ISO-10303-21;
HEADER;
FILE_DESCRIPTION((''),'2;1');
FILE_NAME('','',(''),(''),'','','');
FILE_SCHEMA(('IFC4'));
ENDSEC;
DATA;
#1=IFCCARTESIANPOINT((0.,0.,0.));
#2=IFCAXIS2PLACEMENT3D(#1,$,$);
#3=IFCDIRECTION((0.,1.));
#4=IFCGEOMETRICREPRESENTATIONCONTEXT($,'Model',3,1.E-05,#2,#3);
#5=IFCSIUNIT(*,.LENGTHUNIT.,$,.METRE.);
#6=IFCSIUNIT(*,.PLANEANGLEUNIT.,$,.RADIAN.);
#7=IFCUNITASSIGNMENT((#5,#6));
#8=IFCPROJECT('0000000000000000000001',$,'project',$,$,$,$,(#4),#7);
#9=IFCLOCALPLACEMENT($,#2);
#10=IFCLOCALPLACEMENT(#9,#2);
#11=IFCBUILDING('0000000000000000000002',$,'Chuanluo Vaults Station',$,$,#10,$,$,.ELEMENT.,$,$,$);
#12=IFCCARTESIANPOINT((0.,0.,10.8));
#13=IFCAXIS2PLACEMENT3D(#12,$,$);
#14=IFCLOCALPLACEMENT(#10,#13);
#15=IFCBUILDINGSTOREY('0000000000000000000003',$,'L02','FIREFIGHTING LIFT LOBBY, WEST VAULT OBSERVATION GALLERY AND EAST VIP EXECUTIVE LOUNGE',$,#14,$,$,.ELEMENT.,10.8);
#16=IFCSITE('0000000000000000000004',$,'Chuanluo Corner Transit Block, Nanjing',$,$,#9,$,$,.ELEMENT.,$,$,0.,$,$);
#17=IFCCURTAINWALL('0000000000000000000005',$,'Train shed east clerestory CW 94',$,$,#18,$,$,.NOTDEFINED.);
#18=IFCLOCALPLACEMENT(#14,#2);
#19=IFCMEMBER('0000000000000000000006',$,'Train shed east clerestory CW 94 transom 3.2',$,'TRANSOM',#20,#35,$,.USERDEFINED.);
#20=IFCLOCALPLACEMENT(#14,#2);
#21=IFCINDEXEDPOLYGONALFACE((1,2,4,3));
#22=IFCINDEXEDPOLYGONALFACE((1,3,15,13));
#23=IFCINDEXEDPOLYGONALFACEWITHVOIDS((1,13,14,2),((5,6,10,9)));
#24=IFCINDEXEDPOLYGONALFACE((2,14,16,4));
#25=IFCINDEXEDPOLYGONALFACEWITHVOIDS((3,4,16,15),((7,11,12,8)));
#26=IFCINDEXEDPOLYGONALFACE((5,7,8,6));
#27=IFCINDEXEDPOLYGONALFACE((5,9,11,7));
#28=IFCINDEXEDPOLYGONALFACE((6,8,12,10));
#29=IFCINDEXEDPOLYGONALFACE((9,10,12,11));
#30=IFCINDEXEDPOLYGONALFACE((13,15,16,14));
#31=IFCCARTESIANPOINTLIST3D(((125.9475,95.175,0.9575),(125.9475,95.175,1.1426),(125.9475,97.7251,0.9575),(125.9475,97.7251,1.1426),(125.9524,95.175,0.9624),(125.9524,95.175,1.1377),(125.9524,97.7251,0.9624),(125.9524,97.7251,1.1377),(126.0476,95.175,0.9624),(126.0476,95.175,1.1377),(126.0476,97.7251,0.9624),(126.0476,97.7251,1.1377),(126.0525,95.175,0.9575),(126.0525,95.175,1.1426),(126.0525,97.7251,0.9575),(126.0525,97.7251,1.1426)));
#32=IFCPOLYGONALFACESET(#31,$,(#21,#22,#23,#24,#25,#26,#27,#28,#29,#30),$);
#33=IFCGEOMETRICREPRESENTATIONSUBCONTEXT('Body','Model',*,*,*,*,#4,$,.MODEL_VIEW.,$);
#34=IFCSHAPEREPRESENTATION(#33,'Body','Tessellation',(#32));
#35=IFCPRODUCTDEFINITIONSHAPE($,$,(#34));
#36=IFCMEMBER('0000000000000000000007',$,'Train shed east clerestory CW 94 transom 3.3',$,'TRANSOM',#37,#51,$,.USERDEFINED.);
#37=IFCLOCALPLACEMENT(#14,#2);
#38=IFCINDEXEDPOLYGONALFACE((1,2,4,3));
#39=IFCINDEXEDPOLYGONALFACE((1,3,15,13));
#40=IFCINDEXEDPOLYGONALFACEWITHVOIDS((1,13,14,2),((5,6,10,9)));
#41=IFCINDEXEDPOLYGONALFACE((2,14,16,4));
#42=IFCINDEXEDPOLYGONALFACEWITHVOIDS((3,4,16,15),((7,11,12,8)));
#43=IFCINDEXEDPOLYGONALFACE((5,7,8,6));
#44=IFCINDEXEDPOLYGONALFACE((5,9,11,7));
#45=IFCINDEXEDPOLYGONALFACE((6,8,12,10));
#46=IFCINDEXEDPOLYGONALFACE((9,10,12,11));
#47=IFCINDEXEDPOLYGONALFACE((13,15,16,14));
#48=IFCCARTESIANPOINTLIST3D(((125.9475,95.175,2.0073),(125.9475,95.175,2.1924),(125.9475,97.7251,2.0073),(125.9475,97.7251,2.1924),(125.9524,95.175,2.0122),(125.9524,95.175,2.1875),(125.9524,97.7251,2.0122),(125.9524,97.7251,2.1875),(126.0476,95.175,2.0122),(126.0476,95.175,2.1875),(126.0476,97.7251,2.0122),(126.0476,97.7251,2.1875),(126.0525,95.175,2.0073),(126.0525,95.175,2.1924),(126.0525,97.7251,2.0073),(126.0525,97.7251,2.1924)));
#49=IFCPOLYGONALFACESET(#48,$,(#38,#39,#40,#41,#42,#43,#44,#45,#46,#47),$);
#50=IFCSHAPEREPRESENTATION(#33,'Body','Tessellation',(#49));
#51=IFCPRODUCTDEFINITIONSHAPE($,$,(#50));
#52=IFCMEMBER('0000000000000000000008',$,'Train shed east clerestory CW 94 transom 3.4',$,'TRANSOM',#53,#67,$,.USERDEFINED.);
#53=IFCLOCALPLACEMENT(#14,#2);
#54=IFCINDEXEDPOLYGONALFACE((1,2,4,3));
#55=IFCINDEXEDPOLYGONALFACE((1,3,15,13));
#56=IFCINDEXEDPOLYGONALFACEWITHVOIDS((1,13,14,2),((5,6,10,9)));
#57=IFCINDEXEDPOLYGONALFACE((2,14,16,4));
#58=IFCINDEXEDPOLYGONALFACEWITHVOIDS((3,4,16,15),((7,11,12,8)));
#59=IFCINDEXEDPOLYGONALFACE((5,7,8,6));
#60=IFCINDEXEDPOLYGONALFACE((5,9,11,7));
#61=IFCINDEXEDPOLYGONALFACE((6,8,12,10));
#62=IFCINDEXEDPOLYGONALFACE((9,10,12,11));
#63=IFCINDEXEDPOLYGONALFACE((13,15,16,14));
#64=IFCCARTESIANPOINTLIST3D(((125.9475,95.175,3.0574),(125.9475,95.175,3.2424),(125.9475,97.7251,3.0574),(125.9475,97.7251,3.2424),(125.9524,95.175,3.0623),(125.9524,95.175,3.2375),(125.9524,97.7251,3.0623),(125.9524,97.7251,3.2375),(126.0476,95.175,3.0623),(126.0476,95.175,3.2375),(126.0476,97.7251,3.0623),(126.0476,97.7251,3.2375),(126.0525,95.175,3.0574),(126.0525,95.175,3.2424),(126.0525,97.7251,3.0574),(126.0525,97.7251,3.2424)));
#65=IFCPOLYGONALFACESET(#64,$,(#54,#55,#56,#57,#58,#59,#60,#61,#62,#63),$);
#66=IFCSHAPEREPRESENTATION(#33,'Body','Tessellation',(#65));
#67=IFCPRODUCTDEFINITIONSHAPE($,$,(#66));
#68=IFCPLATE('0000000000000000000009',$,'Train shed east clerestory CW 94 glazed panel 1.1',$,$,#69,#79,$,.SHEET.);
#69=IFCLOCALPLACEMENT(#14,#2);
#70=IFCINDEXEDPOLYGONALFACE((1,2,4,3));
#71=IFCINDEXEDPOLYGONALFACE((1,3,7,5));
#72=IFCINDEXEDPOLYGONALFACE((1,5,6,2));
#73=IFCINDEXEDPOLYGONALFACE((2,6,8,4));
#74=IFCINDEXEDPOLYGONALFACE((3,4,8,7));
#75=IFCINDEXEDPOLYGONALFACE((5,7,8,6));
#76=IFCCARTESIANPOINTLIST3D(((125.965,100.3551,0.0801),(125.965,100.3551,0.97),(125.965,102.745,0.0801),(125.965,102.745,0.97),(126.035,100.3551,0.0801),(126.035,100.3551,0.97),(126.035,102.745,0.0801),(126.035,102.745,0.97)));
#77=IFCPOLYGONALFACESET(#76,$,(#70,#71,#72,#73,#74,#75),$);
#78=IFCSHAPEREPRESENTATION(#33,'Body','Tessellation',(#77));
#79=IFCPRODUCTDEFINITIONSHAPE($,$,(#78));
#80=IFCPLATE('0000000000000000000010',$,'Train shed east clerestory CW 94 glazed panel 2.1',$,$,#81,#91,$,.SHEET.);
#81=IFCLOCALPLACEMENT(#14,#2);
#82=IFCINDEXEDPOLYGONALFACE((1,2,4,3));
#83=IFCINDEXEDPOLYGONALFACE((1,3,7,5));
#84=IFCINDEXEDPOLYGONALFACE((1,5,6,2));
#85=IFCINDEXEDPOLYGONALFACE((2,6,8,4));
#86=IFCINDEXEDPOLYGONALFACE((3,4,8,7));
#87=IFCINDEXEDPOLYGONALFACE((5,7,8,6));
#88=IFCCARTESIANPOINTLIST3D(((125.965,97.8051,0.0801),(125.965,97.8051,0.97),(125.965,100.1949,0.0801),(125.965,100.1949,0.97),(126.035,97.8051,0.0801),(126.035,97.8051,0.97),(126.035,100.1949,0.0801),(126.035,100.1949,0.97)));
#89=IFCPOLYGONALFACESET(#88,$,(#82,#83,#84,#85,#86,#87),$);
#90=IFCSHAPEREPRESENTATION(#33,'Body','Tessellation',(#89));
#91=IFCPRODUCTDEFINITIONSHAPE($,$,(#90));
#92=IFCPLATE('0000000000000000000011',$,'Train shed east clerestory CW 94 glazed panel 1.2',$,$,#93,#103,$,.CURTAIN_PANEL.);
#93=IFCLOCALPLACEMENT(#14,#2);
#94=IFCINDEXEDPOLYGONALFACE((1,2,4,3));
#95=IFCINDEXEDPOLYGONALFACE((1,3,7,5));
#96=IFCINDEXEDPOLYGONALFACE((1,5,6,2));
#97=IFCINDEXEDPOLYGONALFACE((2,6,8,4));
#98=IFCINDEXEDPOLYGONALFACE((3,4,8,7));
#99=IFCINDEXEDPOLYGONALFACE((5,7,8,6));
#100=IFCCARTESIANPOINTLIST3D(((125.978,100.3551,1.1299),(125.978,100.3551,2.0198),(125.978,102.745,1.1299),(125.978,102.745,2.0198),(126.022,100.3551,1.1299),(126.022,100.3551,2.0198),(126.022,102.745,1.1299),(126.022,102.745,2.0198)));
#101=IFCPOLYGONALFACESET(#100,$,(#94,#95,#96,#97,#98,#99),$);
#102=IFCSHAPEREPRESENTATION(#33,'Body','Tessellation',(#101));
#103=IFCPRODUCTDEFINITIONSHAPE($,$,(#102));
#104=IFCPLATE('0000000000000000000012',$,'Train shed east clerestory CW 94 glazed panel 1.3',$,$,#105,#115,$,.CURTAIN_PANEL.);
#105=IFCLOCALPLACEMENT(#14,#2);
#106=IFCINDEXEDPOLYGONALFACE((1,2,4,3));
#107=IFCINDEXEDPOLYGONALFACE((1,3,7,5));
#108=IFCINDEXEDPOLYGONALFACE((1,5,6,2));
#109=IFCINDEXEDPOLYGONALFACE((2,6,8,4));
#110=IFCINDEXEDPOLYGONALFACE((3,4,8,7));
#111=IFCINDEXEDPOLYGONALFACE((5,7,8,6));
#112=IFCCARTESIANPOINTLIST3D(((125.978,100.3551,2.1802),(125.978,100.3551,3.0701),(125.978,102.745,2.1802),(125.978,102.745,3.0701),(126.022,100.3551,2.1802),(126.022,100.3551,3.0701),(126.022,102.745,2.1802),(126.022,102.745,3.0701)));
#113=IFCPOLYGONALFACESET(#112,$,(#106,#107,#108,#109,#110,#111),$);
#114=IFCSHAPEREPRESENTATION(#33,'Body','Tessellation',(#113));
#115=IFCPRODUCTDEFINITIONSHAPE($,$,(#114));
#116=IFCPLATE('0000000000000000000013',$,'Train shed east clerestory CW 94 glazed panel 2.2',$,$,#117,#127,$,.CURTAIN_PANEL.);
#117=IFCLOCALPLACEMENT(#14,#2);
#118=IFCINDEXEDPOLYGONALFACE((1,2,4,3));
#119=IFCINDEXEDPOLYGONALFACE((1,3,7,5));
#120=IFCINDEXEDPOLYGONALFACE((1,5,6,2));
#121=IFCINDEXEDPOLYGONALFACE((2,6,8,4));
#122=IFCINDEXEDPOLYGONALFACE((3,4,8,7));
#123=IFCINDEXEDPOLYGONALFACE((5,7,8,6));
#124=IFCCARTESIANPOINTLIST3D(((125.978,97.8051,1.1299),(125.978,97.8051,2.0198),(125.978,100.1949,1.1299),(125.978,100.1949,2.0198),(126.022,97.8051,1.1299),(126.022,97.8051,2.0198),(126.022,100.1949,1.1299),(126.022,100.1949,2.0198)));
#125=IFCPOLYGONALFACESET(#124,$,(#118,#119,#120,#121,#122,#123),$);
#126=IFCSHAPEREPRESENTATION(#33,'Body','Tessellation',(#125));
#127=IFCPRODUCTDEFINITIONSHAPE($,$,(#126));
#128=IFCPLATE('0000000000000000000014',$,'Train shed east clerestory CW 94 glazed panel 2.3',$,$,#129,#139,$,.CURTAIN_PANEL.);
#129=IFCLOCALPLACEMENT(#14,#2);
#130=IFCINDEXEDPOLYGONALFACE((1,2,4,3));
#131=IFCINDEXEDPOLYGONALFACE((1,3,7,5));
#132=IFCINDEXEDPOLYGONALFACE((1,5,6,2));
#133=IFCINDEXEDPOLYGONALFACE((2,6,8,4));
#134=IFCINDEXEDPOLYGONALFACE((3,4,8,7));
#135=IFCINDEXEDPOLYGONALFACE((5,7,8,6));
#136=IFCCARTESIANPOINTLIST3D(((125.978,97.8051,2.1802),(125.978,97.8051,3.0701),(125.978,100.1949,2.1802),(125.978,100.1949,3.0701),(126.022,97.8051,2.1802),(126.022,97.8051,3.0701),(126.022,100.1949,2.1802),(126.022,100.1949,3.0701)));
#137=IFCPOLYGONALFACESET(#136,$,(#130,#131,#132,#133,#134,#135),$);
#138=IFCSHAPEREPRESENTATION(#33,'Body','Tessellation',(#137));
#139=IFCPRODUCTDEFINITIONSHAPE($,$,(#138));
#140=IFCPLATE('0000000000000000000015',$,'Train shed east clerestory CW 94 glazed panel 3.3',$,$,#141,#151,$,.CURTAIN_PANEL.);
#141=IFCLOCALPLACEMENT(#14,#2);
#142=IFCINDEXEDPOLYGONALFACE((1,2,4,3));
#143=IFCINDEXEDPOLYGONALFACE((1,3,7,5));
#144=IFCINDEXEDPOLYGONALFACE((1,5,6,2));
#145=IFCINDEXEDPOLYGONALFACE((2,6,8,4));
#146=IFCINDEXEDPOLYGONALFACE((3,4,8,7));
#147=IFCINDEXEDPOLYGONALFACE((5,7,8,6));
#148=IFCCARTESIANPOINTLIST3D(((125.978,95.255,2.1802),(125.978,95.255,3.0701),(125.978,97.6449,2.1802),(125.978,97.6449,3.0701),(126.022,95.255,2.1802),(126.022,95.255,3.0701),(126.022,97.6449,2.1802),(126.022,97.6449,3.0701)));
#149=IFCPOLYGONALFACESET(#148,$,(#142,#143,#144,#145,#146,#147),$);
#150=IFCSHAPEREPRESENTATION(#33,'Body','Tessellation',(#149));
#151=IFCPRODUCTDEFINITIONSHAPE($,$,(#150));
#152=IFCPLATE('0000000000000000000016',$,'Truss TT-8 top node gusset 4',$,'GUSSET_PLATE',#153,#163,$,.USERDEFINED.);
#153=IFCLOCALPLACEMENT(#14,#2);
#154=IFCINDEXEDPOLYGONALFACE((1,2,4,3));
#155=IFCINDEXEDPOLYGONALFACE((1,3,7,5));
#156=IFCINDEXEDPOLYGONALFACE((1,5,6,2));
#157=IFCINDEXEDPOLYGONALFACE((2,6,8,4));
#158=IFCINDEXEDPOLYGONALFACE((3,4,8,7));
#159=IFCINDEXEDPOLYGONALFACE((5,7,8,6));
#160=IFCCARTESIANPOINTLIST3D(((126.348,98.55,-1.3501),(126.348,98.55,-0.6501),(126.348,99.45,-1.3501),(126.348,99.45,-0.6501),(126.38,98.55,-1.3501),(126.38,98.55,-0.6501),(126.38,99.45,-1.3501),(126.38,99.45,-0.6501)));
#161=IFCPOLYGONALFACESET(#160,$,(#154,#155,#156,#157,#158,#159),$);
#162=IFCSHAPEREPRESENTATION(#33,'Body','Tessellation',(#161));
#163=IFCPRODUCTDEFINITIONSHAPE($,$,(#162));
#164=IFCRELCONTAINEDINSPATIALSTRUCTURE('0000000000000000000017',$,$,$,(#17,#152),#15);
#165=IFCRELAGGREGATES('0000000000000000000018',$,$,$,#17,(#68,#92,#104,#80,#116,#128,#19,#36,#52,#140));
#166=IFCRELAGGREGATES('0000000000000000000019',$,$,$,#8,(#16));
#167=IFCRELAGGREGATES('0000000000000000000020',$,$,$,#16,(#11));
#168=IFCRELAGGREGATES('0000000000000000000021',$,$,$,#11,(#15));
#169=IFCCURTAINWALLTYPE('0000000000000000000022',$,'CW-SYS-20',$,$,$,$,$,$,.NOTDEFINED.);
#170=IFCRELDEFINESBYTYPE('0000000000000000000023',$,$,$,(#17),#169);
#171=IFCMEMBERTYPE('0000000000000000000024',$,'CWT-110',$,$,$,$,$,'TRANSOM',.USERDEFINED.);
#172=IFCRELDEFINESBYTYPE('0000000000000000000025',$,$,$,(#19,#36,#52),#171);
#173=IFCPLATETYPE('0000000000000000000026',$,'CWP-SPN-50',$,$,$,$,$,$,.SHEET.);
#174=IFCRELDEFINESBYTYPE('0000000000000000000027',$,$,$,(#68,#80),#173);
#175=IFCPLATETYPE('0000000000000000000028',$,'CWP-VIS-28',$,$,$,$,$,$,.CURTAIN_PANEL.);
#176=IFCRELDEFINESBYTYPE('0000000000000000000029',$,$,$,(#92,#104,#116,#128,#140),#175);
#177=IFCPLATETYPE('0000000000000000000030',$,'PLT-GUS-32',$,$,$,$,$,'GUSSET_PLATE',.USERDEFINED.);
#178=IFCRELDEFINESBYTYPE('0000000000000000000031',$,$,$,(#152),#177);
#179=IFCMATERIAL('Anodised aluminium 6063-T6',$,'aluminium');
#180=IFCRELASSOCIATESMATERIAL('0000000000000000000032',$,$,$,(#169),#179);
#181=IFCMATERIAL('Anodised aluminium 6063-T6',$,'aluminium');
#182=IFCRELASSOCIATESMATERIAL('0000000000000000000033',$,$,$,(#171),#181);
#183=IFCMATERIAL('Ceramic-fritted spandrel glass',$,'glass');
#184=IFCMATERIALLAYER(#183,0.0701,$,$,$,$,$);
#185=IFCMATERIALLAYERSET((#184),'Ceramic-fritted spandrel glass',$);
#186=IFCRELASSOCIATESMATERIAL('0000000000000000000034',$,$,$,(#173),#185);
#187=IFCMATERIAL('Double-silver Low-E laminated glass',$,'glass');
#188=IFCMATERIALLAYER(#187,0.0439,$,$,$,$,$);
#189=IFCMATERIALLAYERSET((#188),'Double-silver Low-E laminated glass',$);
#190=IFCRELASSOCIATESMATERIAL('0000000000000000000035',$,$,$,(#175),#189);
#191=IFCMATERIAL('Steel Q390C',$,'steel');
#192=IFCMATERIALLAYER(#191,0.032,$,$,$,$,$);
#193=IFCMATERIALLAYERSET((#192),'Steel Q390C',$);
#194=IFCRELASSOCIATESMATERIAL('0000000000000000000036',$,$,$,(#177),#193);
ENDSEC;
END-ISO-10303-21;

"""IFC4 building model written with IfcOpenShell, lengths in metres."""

from ifc_helpers import new_model, si_unit, direction, frame, origin, origin_2d, place, context, subcontext, project, spatial, rectangle, hollow_rectangle, extrude, material, layer, layer_set, material_profile, profile_set, type_object, element, aggregate, save


model = new_model("IFC4")

# Units and contexts
model_context = context("Model", 3, precision=1e-05, world=origin(), true_north=direction((0.0, 1.0)))
body_context = subcontext(model_context, "Body", "Model", "MODEL_VIEW")
ifc_project = project(units=[si_unit("LENGTHUNIT", "METRE"), si_unit("PLANEANGLEUNIT", "RADIAN")], contexts=[model_context])

# Site, building, storey
site_placement = place(None, origin())
site = spatial("IfcSite", under=ifc_project, at=site_placement, Name="Chuanluo Corner Transit Block, Nanjing", CompositionType="ELEMENT", RefElevation=0.0)
building_placement = place(site_placement, origin())
building = spatial("IfcBuilding", under=site, at=building_placement, Name="Chuanluo Vaults Station", CompositionType="ELEMENT")
storey_placement = place(building_placement, frame((0.0, 0.0, 10.8)))
storey = spatial("IfcBuildingStorey", under=building, at=storey_placement, Name="L02", Description="FIREFIGHTING LIFT LOBBY, WEST VAULT OBSERVATION GALLERY AND EAST VIP EXECUTIVE LOUNGE", CompositionType="ELEMENT", Elevation=10.8)

# Curtain wall, members, plates
ifc_material_1 = material(Name="Anodised aluminium 6063-T6", Category="aluminium")
curtain_wall_type = type_object("IfcCurtainWallType", Name="CW-SYS-20", PredefinedType="NOTDEFINED", material=ifc_material_1)
curtain_wall_placement = place(storey_placement, origin())
curtain_wall = element("IfcCurtainWall", 1, at=curtain_wall_placement, inside=storey, type_object=curtain_wall_type, Name="Train shed east clerestory CW 94", PredefinedType="NOTDEFINED")
ifc_material_2 = material(Name="Anodised aluminium 6063-T6", Category="aluminium")
ifc_material_profile_1 = material_profile(ifc_material_2, hollow_rectangle(XDim=0.105, YDim=0.1851, WallThickness=0.0049, at=origin_2d()))
ifc_profile_set_1 = profile_set([ifc_material_profile_1], Name="Anodised aluminium 6063-T6")
member_type_1 = type_object("IfcMemberType", Name="CWT-110", ElementType="TRANSOM", PredefinedType="USERDEFINED", material=ifc_profile_set_1)
member_1_placement = place(storey_placement, frame((126.0, 97.7251, 1.05), z_axis=(0.0, -1.0, 0.0), x_axis=(1.0, 0.0, 0.0)))
member_1 = element("IfcMember", 2, at=member_1_placement, type_object=member_type_1, Name="Train shed east clerestory CW 94 transom 3.2", ObjectType="TRANSOM", PredefinedType="USERDEFINED", context=body_context, shape_type="SweptSolid", body=[
    extrude(hollow_rectangle(XDim=0.105, YDim=0.1851, WallThickness=0.0049, at=origin_2d()), origin(), (0.0, 0.0, 1.0), 2.55),
])
member_2_placement = place(storey_placement, frame((126.0, 97.7251, 2.0999), z_axis=(0.0, -1.0, 0.0), x_axis=(1.0, 0.0, 0.0)))
member_2 = element("IfcMember", 3, at=member_2_placement, type_object=member_type_1, Name="Train shed east clerestory CW 94 transom 3.3", ObjectType="TRANSOM", PredefinedType="USERDEFINED", context=body_context, shape_type="SweptSolid", body=[
    extrude(hollow_rectangle(XDim=0.105, YDim=0.1851, WallThickness=0.0049, at=origin_2d()), origin(), (0.0, 0.0, 1.0), 2.55),
])
member_3_placement = place(storey_placement, frame((126.0, 97.7251, 3.1499), z_axis=(0.0, -1.0, 0.0), x_axis=(1.0, 0.0, 0.0)))
member_3 = element("IfcMember", 4, at=member_3_placement, type_object=member_type_1, Name="Train shed east clerestory CW 94 transom 3.4", ObjectType="TRANSOM", PredefinedType="USERDEFINED", context=body_context, shape_type="SweptSolid", body=[
    extrude(hollow_rectangle(XDim=0.105, YDim=0.1851, WallThickness=0.0049, at=origin_2d()), origin(), (0.0, 0.0, 1.0), 2.55),
])
ifc_material_3 = material(Name="Ceramic-fritted spandrel glass", Category="glass")
ifc_layer_1 = layer(ifc_material_3, 0.0701)
ifc_layer_set_1 = layer_set([ifc_layer_1], Name="Ceramic-fritted spandrel glass")
plate_type_1 = type_object("IfcPlateType", Name="CWP-SPN-50", PredefinedType="SHEET", material=ifc_layer_set_1)
plate_1_placement = place(storey_placement, frame((126.0, 101.55, 0.0801), z_axis=(0.0, 0.0, 1.0), x_axis=(0.0, -1.0, 0.0)))
plate_1 = element("IfcPlate", 5, at=plate_1_placement, type_object=plate_type_1, Name="Train shed east clerestory CW 94 glazed panel 1.1", PredefinedType="SHEET", context=body_context, shape_type="SweptSolid", body=[
    extrude(rectangle(XDim=2.3899, YDim=0.0701, at=origin_2d()), origin(), (0.0, 0.0, 1.0), 0.8899),
])
plate_2_placement = place(storey_placement, frame((126.0, 99.0, 0.0801), z_axis=(0.0, 0.0, 1.0), x_axis=(0.0, -1.0, 0.0)))
plate_2 = element("IfcPlate", 6, at=plate_2_placement, type_object=plate_type_1, Name="Train shed east clerestory CW 94 glazed panel 2.1", PredefinedType="SHEET", context=body_context, shape_type="SweptSolid", body=[
    extrude(rectangle(XDim=2.3899, YDim=0.0701, at=origin_2d()), origin(), (0.0, 0.0, 1.0), 0.8899),
])
ifc_material_4 = material(Name="Double-silver Low-E laminated glass", Category="glass")
ifc_layer_2 = layer(ifc_material_4, 0.0439)
ifc_layer_set_2 = layer_set([ifc_layer_2], Name="Double-silver Low-E laminated glass")
plate_type_2 = type_object("IfcPlateType", Name="CWP-VIS-28", PredefinedType="CURTAIN_PANEL", material=ifc_layer_set_2)
plate_3_placement = place(storey_placement, frame((126.0, 101.55, 1.1299), z_axis=(0.0, 0.0, 1.0), x_axis=(0.0, -1.0, 0.0)))
plate_3 = element("IfcPlate", 7, at=plate_3_placement, type_object=plate_type_2, Name="Train shed east clerestory CW 94 glazed panel 1.2", PredefinedType="CURTAIN_PANEL", context=body_context, shape_type="SweptSolid", body=[
    extrude(rectangle(XDim=2.3899, YDim=0.0439, at=origin_2d()), origin(), (0.0, 0.0, 1.0), 0.8899),
])
plate_4_placement = place(storey_placement, frame((126.0, 101.55, 2.1802), z_axis=(0.0, 0.0, 1.0), x_axis=(0.0, -1.0, 0.0)))
plate_4 = element("IfcPlate", 8, at=plate_4_placement, type_object=plate_type_2, Name="Train shed east clerestory CW 94 glazed panel 1.3", PredefinedType="CURTAIN_PANEL", context=body_context, shape_type="SweptSolid", body=[
    extrude(rectangle(XDim=2.3899, YDim=0.0439, at=origin_2d()), origin(), (0.0, 0.0, 1.0), 0.8899),
])
plate_5_placement = place(storey_placement, frame((126.0, 99.0, 1.1299), z_axis=(0.0, 0.0, 1.0), x_axis=(0.0, -1.0, 0.0)))
plate_5 = element("IfcPlate", 9, at=plate_5_placement, type_object=plate_type_2, Name="Train shed east clerestory CW 94 glazed panel 2.2", PredefinedType="CURTAIN_PANEL", context=body_context, shape_type="SweptSolid", body=[
    extrude(rectangle(XDim=2.3899, YDim=0.0439, at=origin_2d()), origin(), (0.0, 0.0, 1.0), 0.8899),
])
plate_6_placement = place(storey_placement, frame((126.0, 99.0, 2.1802), z_axis=(0.0, 0.0, 1.0), x_axis=(0.0, -1.0, 0.0)))
plate_6 = element("IfcPlate", 10, at=plate_6_placement, type_object=plate_type_2, Name="Train shed east clerestory CW 94 glazed panel 2.3", PredefinedType="CURTAIN_PANEL", context=body_context, shape_type="SweptSolid", body=[
    extrude(rectangle(XDim=2.3899, YDim=0.0439, at=origin_2d()), origin(), (0.0, 0.0, 1.0), 0.8899),
])
plate_7_placement = place(storey_placement, frame((126.0, 96.45, 2.1802), z_axis=(0.0, 0.0, 1.0), x_axis=(0.0, -1.0, 0.0)))
plate_7 = element("IfcPlate", 11, at=plate_7_placement, type_object=plate_type_2, Name="Train shed east clerestory CW 94 glazed panel 3.3", PredefinedType="CURTAIN_PANEL", context=body_context, shape_type="SweptSolid", body=[
    extrude(rectangle(XDim=2.3899, YDim=0.0439, at=origin_2d()), origin(), (0.0, 0.0, 1.0), 0.8899),
])
aggregate(curtain_wall, [plate_1, plate_3, plate_4, plate_2, plate_5, plate_6, member_1, member_2, member_3, plate_7])

# Plate
ifc_material_5 = material(Name="Steel Q390C", Category="steel")
ifc_layer_3 = layer(ifc_material_5, 0.032)
ifc_layer_set_3 = layer_set([ifc_layer_3], Name="Steel Q390C")
plate_type_3 = type_object("IfcPlateType", Name="PLT-GUS-32", ElementType="GUSSET_PLATE", PredefinedType="USERDEFINED", material=ifc_layer_set_3)
plate_8_placement = place(storey_placement, frame((126.364, 99.0, -1.3501), z_axis=(0.0, 0.0, 1.0), x_axis=(1.0, 0.0, 0.0)))
element("IfcPlate", 12, at=plate_8_placement, inside=storey, type_object=plate_type_3, Name="Truss TT-8 top node gusset 4", ObjectType="GUSSET_PLATE", PredefinedType="USERDEFINED", context=body_context, shape_type="SweptSolid", body=[
    extrude(rectangle(XDim=0.032, YDim=0.8999, at=origin_2d()), origin(), (0.0, 0.0, 1.0), 0.7),
])

save(model, "model.ifc")
